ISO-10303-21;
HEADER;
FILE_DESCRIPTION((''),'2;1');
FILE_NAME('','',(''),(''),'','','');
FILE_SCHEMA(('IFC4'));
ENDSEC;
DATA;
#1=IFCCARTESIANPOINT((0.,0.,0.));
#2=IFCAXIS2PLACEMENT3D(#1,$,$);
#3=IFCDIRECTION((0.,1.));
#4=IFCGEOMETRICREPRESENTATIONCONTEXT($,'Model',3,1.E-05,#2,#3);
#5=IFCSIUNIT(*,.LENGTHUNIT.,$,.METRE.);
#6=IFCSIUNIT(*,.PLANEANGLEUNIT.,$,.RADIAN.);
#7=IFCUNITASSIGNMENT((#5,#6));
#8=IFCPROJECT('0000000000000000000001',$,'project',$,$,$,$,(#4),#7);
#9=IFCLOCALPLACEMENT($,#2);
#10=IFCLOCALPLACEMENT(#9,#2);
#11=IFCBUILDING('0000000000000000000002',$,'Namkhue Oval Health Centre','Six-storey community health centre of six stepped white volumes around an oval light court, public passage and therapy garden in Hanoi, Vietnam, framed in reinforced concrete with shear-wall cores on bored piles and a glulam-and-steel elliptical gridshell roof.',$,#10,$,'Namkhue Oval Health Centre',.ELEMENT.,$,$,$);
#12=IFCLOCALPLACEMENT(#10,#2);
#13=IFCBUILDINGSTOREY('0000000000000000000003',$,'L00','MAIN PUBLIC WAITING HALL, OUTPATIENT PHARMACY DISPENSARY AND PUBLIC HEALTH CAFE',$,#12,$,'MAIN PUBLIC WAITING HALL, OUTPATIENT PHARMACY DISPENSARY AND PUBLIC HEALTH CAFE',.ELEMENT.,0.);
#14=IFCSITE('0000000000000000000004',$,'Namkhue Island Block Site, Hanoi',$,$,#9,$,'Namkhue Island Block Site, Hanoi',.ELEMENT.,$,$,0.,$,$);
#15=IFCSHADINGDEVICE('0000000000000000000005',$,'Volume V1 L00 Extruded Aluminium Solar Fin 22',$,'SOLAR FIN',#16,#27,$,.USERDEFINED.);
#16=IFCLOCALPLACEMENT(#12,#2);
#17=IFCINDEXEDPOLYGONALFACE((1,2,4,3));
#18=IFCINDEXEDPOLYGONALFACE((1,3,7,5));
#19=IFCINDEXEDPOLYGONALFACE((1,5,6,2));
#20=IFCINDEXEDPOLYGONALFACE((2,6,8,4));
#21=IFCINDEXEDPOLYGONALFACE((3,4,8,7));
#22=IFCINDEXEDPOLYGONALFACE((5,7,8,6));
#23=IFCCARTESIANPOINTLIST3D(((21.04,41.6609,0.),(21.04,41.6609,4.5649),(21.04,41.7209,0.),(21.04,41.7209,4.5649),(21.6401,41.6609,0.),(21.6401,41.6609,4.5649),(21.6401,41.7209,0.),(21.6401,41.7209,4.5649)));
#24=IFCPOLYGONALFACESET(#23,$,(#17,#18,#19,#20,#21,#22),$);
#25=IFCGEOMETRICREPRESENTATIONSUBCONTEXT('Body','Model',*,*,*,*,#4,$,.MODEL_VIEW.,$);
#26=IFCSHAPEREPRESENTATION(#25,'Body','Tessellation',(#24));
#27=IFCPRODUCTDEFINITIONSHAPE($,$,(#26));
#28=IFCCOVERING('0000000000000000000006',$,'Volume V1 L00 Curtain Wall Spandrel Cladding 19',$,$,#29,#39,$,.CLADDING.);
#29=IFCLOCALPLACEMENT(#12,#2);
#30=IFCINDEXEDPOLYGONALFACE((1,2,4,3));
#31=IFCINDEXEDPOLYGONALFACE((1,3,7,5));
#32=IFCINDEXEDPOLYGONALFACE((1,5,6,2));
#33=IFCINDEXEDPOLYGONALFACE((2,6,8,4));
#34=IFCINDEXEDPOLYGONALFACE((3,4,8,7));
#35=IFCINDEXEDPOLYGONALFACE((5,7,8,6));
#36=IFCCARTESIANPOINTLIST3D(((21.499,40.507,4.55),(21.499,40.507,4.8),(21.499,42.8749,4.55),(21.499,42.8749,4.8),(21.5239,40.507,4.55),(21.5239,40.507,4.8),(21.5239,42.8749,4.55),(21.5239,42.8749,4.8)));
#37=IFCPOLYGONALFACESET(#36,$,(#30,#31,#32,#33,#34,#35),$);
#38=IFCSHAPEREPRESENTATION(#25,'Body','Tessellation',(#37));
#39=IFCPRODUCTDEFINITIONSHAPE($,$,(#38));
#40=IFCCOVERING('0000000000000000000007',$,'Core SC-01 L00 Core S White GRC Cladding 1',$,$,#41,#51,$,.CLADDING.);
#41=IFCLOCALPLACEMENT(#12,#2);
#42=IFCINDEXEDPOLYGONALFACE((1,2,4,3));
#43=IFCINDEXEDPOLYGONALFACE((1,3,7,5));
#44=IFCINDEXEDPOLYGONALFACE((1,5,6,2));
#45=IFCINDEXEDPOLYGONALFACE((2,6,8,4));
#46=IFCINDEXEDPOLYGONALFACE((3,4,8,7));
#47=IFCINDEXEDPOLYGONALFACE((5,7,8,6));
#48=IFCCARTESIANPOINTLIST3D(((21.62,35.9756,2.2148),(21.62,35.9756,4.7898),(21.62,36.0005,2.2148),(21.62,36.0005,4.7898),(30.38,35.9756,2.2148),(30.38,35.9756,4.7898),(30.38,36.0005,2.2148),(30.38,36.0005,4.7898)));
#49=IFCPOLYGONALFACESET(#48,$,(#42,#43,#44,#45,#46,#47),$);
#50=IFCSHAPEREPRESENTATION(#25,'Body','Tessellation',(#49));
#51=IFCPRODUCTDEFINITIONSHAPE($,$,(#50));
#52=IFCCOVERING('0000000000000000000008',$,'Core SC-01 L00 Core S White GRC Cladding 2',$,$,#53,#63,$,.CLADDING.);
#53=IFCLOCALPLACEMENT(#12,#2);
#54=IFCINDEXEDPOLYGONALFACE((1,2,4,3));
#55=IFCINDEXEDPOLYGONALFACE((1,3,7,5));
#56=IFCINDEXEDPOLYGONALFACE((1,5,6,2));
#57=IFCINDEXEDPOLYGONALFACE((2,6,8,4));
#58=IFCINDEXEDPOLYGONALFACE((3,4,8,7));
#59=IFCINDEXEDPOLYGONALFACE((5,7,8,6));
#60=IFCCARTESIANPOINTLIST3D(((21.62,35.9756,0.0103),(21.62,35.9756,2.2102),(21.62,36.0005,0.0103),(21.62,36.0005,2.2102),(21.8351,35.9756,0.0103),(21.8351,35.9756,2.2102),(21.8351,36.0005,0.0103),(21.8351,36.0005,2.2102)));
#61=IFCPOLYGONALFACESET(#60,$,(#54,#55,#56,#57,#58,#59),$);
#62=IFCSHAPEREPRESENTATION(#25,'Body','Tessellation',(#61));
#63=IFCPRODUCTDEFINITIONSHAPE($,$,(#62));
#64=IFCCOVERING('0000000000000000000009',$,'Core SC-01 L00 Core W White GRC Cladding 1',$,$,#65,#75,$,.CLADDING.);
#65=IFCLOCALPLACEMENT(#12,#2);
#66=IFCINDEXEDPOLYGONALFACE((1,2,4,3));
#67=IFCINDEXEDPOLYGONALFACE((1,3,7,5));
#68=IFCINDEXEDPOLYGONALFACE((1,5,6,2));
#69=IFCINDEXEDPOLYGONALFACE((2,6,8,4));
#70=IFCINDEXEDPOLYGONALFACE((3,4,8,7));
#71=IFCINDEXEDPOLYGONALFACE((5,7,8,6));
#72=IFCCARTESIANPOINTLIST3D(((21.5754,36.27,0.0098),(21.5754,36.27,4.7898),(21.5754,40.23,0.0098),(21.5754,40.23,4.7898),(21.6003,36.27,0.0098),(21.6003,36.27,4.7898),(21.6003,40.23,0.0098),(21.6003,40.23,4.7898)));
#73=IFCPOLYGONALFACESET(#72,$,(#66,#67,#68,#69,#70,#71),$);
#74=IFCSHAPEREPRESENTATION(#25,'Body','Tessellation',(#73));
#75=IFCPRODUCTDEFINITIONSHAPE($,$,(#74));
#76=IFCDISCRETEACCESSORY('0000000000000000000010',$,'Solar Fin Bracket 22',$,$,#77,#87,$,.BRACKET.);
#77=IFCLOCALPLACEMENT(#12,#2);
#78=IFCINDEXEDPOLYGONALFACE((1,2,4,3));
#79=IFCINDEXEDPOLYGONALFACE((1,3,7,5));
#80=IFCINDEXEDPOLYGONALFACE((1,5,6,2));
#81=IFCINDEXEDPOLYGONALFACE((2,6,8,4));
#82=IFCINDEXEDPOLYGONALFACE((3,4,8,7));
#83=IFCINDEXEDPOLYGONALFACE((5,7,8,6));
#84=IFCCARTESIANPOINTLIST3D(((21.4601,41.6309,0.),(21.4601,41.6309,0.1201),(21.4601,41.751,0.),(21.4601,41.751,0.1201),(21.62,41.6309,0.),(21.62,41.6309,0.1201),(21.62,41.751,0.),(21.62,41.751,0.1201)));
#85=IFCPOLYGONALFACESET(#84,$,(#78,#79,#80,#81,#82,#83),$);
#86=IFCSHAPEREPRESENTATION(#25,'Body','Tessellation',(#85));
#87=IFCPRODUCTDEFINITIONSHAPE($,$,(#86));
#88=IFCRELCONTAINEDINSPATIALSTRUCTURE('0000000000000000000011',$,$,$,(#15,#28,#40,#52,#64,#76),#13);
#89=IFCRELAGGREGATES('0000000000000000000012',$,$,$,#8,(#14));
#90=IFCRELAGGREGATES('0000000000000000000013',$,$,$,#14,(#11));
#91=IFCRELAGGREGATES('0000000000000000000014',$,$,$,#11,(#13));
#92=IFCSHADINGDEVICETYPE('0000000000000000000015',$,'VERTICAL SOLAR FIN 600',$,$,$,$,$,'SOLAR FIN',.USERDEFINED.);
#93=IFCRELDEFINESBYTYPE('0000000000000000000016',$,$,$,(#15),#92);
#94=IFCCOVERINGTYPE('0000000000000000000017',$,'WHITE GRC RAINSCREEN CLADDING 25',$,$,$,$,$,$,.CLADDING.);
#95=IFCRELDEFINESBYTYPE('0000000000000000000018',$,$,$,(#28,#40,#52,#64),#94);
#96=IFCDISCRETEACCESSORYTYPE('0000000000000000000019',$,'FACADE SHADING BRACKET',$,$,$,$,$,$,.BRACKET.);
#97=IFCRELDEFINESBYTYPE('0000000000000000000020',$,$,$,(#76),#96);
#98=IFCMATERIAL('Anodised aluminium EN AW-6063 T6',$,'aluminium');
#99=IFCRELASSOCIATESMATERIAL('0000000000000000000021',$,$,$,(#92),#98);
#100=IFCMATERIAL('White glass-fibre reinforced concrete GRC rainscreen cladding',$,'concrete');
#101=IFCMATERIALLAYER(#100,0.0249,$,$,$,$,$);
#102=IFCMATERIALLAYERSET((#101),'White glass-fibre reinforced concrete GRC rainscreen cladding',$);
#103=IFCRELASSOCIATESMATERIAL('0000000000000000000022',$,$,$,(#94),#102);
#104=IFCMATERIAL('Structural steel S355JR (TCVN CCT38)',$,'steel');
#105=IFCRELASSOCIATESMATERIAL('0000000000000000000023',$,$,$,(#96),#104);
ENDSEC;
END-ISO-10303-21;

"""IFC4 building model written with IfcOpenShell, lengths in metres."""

from ifc_helpers import new_model, si_unit, direction, frame, origin, origin_2d, place, context, subcontext, project, spatial, rectangle, extrude, material, layer, layer_set, type_object, element, save


model = new_model("IFC4")

# Units and contexts
model_context = context("Model", 3, precision=1e-05, world=origin(), true_north=direction((0.0, 1.0)))
body_context = subcontext(model_context, "Body", "Model", "MODEL_VIEW")
ifc_project = project(units=[si_unit("LENGTHUNIT", "METRE"), si_unit("PLANEANGLEUNIT", "RADIAN")], contexts=[model_context])

# Site, building, storey
site_placement = place(None, origin())
site = spatial("IfcSite", under=ifc_project, at=site_placement, Name="Namkhue Island Block Site, Hanoi", LongName="Namkhue Island Block Site, Hanoi", CompositionType="ELEMENT", RefElevation=0.0)
building_placement = place(site_placement, origin())
building = spatial("IfcBuilding", under=site, at=building_placement, Name="Namkhue Oval Health Centre", Description="Six-storey community health centre of six stepped white volumes around an oval light court, public passage and therapy garden in Hanoi, Vietnam, framed in reinforced concrete with shear-wall cores on bored piles and a glulam-and-steel elliptical gridshell roof.", LongName="Namkhue Oval Health Centre", CompositionType="ELEMENT")
storey_placement = place(building_placement, origin())
storey = spatial("IfcBuildingStorey", under=building, at=storey_placement, Name="L00", Description="MAIN PUBLIC WAITING HALL, OUTPATIENT PHARMACY DISPENSARY AND PUBLIC HEALTH CAFE", LongName="MAIN PUBLIC WAITING HALL, OUTPATIENT PHARMACY DISPENSARY AND PUBLIC HEALTH CAFE", CompositionType="ELEMENT", Elevation=0.0)

# Shared definitions
ifc_material_1 = material(Name="Anodised aluminium EN AW-6063 T6", Category="aluminium")

# Shading device
shading_device_type = type_object("IfcShadingDeviceType", Name="VERTICAL SOLAR FIN 600", ElementType="SOLAR FIN", PredefinedType="USERDEFINED", material=ifc_material_1)
shading_device_placement = place(storey_placement, frame((21.3401, 41.6909, 0.0), z_axis=(0.0, 0.0, 1.0), x_axis=(-1.0, 0.0, 0.0)))
element("IfcShadingDevice", 1, at=shading_device_placement, inside=storey, type_object=shading_device_type, Name="Volume V1 L00 Extruded Aluminium Solar Fin 22", ObjectType="SOLAR FIN", PredefinedType="USERDEFINED", context=body_context, shape_type="SweptSolid", body=[
    extrude(rectangle(XDim=0.6001, YDim=0.0601, at=origin_2d()), origin(), (0.0, 0.0, 1.0), 4.5649),
])

# Coverings
ifc_material_2 = material(Name="White glass-fibre reinforced concrete GRC rainscreen cladding", Category="concrete")
ifc_layer_1 = layer(ifc_material_2, 0.0249)
ifc_layer_set_1 = layer_set([ifc_layer_1], Name="White glass-fibre reinforced concrete GRC rainscreen cladding")
covering_type = type_object("IfcCoveringType", Name="WHITE GRC RAINSCREEN CLADDING 25", PredefinedType="CLADDING", material=ifc_layer_set_1)
covering_1_placement = place(storey_placement, frame((21.5115, 41.6909, 4.55), z_axis=(0.0, 0.0, 1.0), x_axis=(0.0, -1.0, 0.0)))
element("IfcCovering", 2, at=covering_1_placement, inside=storey, type_object=covering_type, Name="Volume V1 L00 Curtain Wall Spandrel Cladding 19", PredefinedType="CLADDING", context=body_context, shape_type="SweptSolid", body=[
    extrude(rectangle(XDim=2.3679, YDim=0.0249, at=origin_2d()), origin(), (0.0, 0.0, 1.0), 0.25),
])
covering_2_placement = place(storey_placement, frame((26.0, 35.988, 2.2148), z_axis=(0.0, 0.0, 1.0), x_axis=(1.0, 0.0, 0.0)))
element("IfcCovering", 3, at=covering_2_placement, inside=storey, type_object=covering_type, Name="Core SC-01 L00 Core S White GRC Cladding 1", PredefinedType="CLADDING", context=body_context, shape_type="SweptSolid", body=[
    extrude(rectangle(XDim=8.76, YDim=0.0249, at=origin_2d()), origin(), (0.0, 0.0, 1.0), 2.575),
])
covering_3_placement = place(storey_placement, frame((21.7275, 35.988, 0.0103), z_axis=(0.0, 0.0, 1.0), x_axis=(1.0, 0.0, 0.0)))
element("IfcCovering", 4, at=covering_3_placement, inside=storey, type_object=covering_type, Name="Core SC-01 L00 Core S White GRC Cladding 2", PredefinedType="CLADDING", context=body_context, shape_type="SweptSolid", body=[
    extrude(rectangle(XDim=0.2151, YDim=0.0249, at=origin_2d()), origin(), (0.0, 0.0, 1.0), 2.2),
])
covering_4_placement = place(storey_placement, frame((21.5879, 38.25, 0.0098), z_axis=(0.0, 0.0, 1.0), x_axis=(0.0, -1.0, 0.0)))
element("IfcCovering", 5, at=covering_4_placement, inside=storey, type_object=covering_type, Name="Core SC-01 L00 Core W White GRC Cladding 1", PredefinedType="CLADDING", context=body_context, shape_type="SweptSolid", body=[
    extrude(rectangle(XDim=3.96, YDim=0.0249, at=origin_2d()), origin(), (0.0, 0.0, 1.0), 4.78),
])

# Discrete accessory
ifc_material_3 = material(Name="Structural steel S355JR (TCVN CCT38)", Category="steel")
discrete_accessory_type = type_object("IfcDiscreteAccessoryType", Name="FACADE SHADING BRACKET", PredefinedType="BRACKET", material=ifc_material_3)
discrete_accessory_placement = place(storey_placement, frame((21.54, 41.6909, 0.0), z_axis=(0.0, 0.0, 1.0), x_axis=(-1.0, 0.0, 0.0)))
element("IfcDiscreteAccessory", 6, at=discrete_accessory_placement, inside=storey, type_object=discrete_accessory_type, Name="Solar Fin Bracket 22", PredefinedType="BRACKET", context=body_context, shape_type="SweptSolid", body=[
    extrude(rectangle(XDim=0.1599, YDim=0.1201, at=origin_2d()), origin(), (0.0, 0.0, 1.0), 0.1201),
])

save(model, "model.ifc")
